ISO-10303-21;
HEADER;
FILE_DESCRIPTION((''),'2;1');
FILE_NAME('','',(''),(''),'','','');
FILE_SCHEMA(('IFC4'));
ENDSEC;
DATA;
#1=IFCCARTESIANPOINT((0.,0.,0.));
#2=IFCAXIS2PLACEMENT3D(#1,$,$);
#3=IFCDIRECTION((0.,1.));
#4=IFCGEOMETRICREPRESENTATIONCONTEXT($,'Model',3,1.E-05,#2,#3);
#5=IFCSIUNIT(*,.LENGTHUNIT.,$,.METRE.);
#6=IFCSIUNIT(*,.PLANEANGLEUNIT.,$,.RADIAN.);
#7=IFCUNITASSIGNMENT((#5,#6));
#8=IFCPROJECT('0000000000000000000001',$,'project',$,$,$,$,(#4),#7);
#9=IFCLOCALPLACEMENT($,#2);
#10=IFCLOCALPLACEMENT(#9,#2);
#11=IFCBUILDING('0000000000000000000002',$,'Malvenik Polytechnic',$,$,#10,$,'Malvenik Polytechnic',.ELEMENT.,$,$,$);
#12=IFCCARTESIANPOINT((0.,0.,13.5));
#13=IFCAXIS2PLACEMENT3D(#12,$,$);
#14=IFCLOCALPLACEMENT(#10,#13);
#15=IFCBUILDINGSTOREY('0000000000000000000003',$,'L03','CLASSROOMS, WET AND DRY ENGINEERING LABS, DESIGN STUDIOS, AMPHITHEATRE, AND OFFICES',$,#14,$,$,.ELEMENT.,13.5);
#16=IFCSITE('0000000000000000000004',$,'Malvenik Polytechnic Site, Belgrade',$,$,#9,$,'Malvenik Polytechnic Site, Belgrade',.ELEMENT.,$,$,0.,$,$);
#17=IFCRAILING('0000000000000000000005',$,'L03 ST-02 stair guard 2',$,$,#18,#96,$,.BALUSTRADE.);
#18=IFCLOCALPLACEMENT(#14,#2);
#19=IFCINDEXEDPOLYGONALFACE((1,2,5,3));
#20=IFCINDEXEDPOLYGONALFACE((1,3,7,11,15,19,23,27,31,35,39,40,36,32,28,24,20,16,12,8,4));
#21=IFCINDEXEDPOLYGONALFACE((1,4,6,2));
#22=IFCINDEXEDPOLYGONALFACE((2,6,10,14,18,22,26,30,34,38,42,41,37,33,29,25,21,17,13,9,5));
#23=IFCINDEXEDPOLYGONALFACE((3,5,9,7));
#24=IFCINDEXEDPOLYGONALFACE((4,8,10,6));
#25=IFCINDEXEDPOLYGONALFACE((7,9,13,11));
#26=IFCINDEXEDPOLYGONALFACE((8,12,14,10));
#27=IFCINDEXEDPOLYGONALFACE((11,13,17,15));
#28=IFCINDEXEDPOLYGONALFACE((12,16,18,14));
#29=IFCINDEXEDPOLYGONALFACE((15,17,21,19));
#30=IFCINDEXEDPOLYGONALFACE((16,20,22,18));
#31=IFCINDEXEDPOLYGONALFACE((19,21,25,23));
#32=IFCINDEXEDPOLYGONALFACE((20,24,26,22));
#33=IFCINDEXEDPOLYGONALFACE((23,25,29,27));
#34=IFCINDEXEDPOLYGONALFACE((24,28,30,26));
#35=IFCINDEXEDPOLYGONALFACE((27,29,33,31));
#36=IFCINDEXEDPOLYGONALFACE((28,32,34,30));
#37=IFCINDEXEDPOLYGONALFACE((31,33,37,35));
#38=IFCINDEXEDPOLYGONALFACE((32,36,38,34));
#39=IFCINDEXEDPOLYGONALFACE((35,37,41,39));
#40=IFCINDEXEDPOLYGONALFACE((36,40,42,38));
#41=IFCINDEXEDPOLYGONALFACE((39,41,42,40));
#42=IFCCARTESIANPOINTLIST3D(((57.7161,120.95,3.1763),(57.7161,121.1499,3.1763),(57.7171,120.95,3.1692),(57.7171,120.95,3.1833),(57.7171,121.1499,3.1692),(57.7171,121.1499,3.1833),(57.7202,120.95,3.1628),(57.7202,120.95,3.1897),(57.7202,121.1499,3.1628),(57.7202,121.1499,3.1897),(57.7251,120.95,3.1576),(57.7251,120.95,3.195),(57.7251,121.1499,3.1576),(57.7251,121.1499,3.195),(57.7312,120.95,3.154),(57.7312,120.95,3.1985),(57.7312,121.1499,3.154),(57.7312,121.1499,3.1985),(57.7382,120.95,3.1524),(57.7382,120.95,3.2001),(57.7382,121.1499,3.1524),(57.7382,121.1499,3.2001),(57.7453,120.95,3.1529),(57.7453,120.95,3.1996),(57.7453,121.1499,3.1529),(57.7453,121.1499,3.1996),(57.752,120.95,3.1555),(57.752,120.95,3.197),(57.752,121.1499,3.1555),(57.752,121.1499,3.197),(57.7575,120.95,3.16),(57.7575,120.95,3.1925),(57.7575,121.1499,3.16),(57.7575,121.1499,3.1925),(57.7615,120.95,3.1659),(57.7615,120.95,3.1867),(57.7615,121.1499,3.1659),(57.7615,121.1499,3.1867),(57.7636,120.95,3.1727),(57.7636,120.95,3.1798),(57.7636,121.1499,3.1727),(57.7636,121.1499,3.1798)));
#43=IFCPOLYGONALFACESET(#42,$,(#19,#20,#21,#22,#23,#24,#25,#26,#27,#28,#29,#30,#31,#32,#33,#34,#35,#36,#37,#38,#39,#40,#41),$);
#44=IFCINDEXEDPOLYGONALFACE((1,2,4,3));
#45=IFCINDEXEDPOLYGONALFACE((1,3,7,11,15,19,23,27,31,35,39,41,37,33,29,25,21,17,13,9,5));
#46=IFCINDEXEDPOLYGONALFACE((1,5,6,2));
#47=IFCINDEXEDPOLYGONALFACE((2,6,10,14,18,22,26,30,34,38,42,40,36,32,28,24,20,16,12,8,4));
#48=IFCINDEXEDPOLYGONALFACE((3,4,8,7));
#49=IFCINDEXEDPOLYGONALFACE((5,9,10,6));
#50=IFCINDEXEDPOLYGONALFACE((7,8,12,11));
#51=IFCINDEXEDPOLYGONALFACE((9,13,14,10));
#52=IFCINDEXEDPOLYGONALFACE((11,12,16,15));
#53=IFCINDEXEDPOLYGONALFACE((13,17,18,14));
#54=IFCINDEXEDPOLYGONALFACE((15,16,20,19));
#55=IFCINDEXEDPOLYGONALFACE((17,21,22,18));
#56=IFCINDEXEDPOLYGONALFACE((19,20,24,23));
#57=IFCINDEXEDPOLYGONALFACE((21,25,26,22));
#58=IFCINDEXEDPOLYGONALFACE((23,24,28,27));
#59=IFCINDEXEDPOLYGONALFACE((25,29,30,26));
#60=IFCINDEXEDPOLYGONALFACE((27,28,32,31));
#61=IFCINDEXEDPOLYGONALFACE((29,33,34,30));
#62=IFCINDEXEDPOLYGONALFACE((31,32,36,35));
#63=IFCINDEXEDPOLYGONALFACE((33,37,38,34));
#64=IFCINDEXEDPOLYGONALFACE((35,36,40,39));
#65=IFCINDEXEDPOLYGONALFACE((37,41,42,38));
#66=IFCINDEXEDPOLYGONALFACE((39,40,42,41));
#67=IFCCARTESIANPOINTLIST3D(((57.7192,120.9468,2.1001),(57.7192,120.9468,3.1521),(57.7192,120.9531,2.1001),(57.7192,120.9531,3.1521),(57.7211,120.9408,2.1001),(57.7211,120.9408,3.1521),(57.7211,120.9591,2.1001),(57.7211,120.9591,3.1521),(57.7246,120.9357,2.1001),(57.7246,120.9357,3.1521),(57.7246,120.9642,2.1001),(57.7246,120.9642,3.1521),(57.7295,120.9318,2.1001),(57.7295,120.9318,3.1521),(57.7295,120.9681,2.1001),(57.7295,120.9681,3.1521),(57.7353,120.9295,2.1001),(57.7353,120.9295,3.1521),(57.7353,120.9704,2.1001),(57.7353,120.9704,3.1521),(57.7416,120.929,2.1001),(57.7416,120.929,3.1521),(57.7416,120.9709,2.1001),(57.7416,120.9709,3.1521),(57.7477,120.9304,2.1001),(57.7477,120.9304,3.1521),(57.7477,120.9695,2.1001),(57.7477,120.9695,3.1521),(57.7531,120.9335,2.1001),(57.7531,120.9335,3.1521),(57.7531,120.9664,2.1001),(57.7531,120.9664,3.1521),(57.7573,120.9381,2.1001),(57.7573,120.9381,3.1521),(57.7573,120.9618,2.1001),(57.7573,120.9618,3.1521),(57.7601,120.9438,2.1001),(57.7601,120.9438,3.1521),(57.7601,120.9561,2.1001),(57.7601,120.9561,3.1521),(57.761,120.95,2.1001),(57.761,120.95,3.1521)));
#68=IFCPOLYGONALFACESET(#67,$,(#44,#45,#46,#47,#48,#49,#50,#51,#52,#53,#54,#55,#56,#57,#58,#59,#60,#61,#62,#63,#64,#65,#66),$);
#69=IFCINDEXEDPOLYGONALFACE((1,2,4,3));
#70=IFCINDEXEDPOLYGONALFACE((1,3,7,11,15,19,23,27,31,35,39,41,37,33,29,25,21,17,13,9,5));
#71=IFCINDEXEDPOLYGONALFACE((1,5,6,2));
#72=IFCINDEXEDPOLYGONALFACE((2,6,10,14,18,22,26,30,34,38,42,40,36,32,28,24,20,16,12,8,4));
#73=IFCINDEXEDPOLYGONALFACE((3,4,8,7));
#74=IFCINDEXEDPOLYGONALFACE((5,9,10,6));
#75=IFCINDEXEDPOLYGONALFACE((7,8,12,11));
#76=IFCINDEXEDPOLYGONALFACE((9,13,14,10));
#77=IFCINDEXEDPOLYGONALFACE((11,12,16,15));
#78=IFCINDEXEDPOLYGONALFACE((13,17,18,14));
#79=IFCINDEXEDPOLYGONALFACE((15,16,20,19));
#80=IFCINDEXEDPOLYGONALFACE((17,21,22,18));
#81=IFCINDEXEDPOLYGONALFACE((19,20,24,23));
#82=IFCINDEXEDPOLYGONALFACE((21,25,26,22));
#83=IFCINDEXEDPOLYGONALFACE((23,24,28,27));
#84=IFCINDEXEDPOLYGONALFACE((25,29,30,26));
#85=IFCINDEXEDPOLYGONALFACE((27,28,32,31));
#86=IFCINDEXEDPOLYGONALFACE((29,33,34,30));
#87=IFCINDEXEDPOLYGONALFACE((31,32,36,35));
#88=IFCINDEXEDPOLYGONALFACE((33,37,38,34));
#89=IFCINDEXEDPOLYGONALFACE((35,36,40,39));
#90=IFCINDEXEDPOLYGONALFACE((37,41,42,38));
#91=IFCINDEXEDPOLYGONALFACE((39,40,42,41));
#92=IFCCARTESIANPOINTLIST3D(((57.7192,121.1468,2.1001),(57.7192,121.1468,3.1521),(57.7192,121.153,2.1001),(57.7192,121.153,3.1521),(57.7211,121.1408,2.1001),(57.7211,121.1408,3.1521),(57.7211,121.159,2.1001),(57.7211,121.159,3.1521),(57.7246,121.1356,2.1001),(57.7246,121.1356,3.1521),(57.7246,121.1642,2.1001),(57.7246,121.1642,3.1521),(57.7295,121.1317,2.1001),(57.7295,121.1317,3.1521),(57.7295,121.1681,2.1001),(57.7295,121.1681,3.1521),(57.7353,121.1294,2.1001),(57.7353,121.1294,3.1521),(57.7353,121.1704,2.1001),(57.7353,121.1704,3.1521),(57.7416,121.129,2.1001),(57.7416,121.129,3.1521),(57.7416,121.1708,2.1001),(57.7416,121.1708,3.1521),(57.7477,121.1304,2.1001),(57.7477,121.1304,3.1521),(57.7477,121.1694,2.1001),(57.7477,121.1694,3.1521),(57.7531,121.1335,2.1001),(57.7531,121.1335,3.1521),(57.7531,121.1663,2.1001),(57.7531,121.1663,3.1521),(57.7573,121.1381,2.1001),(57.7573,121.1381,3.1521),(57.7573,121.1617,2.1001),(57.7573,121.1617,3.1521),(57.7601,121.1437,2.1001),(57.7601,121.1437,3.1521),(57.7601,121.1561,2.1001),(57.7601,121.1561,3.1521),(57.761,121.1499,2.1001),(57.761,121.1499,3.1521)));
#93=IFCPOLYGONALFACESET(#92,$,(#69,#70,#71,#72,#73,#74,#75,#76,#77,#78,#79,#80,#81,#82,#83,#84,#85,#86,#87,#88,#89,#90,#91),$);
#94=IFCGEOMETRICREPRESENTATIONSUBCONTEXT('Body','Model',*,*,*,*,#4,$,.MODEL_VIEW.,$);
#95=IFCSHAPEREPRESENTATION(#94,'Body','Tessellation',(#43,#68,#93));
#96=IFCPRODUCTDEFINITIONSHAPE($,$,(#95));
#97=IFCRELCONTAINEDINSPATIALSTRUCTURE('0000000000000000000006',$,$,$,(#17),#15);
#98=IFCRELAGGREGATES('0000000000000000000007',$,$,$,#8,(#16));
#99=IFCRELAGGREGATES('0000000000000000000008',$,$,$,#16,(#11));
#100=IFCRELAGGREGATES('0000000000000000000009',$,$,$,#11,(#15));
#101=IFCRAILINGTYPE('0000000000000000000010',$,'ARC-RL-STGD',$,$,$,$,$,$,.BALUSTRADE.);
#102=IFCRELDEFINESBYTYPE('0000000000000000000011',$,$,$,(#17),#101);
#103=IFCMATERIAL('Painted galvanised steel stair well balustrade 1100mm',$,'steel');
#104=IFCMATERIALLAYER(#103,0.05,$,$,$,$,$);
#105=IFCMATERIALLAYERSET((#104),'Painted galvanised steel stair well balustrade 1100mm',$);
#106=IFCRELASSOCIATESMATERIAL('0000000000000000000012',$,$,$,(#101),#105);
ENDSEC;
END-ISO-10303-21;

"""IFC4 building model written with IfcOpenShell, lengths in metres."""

from ifc_helpers import new_model, si_unit, direction, frame, origin, origin_2d, place, context, subcontext, project, spatial, circle, extrude, material, layer, layer_set, type_object, element, save


model = new_model("IFC4")

# Units and contexts
model_context = context("Model", 3, precision=1e-05, world=origin(), true_north=direction((0.0, 1.0)))
body_context = subcontext(model_context, "Body", "Model", "MODEL_VIEW")
ifc_project = project(units=[si_unit("LENGTHUNIT", "METRE"), si_unit("PLANEANGLEUNIT", "RADIAN")], contexts=[model_context])

# Site, building, storey
site_placement = place(None, origin())
site = spatial("IfcSite", under=ifc_project, at=site_placement, Name="Malvenik Polytechnic Site, Belgrade", LongName="Malvenik Polytechnic Site, Belgrade", CompositionType="ELEMENT", RefElevation=0.0)
building_placement = place(site_placement, origin())
building = spatial("IfcBuilding", under=site, at=building_placement, Name="Malvenik Polytechnic", LongName="Malvenik Polytechnic", CompositionType="ELEMENT")
storey_placement = place(building_placement, frame((0.0, 0.0, 13.5)))
storey = spatial("IfcBuildingStorey", under=building, at=storey_placement, Name="L03", Description="CLASSROOMS, WET AND DRY ENGINEERING LABS, DESIGN STUDIOS, AMPHITHEATRE, AND OFFICES", CompositionType="ELEMENT", Elevation=13.5)

# Railing
ifc_material_1 = material(Name="Painted galvanised steel stair well balustrade 1100mm", Category="steel")
ifc_layer_1 = layer(ifc_material_1, 0.05)
ifc_layer_set_1 = layer_set([ifc_layer_1], Name="Painted galvanised steel stair well balustrade 1100mm")
railing_type_1 = type_object("IfcRailingType", Name="ARC-RL-STGD", PredefinedType="BALUSTRADE", material=ifc_layer_set_1)
railing_1_placement = place(storey_placement, frame((57.74, 120.95, 2.1001)))
element("IfcRailing", 1, at=railing_1_placement, inside=storey, type_object=railing_type_1, Name="L03 ST-02 stair guard 2", PredefinedType="BALUSTRADE", context=body_context, shape_type="SweptSolid", body=[
    extrude(circle(Radius=0.0239, at=origin_2d()), frame((0.0, 0.0, 1.0762), z_axis=(0.0, 1.0, 0.0), x_axis=(-1.0, 0.0, 0.0)), (0.0, 0.0, 1.0), 0.2),
    extrude(circle(Radius=0.021, at=origin_2d()), origin(), (0.0, 0.0, 1.0), 1.052),
    extrude(circle(Radius=0.021, at=origin_2d()), frame((0.0, 0.2, 0.0)), (0.0, 0.0, 1.0), 1.052),
])

save(model, "model.ifc")
